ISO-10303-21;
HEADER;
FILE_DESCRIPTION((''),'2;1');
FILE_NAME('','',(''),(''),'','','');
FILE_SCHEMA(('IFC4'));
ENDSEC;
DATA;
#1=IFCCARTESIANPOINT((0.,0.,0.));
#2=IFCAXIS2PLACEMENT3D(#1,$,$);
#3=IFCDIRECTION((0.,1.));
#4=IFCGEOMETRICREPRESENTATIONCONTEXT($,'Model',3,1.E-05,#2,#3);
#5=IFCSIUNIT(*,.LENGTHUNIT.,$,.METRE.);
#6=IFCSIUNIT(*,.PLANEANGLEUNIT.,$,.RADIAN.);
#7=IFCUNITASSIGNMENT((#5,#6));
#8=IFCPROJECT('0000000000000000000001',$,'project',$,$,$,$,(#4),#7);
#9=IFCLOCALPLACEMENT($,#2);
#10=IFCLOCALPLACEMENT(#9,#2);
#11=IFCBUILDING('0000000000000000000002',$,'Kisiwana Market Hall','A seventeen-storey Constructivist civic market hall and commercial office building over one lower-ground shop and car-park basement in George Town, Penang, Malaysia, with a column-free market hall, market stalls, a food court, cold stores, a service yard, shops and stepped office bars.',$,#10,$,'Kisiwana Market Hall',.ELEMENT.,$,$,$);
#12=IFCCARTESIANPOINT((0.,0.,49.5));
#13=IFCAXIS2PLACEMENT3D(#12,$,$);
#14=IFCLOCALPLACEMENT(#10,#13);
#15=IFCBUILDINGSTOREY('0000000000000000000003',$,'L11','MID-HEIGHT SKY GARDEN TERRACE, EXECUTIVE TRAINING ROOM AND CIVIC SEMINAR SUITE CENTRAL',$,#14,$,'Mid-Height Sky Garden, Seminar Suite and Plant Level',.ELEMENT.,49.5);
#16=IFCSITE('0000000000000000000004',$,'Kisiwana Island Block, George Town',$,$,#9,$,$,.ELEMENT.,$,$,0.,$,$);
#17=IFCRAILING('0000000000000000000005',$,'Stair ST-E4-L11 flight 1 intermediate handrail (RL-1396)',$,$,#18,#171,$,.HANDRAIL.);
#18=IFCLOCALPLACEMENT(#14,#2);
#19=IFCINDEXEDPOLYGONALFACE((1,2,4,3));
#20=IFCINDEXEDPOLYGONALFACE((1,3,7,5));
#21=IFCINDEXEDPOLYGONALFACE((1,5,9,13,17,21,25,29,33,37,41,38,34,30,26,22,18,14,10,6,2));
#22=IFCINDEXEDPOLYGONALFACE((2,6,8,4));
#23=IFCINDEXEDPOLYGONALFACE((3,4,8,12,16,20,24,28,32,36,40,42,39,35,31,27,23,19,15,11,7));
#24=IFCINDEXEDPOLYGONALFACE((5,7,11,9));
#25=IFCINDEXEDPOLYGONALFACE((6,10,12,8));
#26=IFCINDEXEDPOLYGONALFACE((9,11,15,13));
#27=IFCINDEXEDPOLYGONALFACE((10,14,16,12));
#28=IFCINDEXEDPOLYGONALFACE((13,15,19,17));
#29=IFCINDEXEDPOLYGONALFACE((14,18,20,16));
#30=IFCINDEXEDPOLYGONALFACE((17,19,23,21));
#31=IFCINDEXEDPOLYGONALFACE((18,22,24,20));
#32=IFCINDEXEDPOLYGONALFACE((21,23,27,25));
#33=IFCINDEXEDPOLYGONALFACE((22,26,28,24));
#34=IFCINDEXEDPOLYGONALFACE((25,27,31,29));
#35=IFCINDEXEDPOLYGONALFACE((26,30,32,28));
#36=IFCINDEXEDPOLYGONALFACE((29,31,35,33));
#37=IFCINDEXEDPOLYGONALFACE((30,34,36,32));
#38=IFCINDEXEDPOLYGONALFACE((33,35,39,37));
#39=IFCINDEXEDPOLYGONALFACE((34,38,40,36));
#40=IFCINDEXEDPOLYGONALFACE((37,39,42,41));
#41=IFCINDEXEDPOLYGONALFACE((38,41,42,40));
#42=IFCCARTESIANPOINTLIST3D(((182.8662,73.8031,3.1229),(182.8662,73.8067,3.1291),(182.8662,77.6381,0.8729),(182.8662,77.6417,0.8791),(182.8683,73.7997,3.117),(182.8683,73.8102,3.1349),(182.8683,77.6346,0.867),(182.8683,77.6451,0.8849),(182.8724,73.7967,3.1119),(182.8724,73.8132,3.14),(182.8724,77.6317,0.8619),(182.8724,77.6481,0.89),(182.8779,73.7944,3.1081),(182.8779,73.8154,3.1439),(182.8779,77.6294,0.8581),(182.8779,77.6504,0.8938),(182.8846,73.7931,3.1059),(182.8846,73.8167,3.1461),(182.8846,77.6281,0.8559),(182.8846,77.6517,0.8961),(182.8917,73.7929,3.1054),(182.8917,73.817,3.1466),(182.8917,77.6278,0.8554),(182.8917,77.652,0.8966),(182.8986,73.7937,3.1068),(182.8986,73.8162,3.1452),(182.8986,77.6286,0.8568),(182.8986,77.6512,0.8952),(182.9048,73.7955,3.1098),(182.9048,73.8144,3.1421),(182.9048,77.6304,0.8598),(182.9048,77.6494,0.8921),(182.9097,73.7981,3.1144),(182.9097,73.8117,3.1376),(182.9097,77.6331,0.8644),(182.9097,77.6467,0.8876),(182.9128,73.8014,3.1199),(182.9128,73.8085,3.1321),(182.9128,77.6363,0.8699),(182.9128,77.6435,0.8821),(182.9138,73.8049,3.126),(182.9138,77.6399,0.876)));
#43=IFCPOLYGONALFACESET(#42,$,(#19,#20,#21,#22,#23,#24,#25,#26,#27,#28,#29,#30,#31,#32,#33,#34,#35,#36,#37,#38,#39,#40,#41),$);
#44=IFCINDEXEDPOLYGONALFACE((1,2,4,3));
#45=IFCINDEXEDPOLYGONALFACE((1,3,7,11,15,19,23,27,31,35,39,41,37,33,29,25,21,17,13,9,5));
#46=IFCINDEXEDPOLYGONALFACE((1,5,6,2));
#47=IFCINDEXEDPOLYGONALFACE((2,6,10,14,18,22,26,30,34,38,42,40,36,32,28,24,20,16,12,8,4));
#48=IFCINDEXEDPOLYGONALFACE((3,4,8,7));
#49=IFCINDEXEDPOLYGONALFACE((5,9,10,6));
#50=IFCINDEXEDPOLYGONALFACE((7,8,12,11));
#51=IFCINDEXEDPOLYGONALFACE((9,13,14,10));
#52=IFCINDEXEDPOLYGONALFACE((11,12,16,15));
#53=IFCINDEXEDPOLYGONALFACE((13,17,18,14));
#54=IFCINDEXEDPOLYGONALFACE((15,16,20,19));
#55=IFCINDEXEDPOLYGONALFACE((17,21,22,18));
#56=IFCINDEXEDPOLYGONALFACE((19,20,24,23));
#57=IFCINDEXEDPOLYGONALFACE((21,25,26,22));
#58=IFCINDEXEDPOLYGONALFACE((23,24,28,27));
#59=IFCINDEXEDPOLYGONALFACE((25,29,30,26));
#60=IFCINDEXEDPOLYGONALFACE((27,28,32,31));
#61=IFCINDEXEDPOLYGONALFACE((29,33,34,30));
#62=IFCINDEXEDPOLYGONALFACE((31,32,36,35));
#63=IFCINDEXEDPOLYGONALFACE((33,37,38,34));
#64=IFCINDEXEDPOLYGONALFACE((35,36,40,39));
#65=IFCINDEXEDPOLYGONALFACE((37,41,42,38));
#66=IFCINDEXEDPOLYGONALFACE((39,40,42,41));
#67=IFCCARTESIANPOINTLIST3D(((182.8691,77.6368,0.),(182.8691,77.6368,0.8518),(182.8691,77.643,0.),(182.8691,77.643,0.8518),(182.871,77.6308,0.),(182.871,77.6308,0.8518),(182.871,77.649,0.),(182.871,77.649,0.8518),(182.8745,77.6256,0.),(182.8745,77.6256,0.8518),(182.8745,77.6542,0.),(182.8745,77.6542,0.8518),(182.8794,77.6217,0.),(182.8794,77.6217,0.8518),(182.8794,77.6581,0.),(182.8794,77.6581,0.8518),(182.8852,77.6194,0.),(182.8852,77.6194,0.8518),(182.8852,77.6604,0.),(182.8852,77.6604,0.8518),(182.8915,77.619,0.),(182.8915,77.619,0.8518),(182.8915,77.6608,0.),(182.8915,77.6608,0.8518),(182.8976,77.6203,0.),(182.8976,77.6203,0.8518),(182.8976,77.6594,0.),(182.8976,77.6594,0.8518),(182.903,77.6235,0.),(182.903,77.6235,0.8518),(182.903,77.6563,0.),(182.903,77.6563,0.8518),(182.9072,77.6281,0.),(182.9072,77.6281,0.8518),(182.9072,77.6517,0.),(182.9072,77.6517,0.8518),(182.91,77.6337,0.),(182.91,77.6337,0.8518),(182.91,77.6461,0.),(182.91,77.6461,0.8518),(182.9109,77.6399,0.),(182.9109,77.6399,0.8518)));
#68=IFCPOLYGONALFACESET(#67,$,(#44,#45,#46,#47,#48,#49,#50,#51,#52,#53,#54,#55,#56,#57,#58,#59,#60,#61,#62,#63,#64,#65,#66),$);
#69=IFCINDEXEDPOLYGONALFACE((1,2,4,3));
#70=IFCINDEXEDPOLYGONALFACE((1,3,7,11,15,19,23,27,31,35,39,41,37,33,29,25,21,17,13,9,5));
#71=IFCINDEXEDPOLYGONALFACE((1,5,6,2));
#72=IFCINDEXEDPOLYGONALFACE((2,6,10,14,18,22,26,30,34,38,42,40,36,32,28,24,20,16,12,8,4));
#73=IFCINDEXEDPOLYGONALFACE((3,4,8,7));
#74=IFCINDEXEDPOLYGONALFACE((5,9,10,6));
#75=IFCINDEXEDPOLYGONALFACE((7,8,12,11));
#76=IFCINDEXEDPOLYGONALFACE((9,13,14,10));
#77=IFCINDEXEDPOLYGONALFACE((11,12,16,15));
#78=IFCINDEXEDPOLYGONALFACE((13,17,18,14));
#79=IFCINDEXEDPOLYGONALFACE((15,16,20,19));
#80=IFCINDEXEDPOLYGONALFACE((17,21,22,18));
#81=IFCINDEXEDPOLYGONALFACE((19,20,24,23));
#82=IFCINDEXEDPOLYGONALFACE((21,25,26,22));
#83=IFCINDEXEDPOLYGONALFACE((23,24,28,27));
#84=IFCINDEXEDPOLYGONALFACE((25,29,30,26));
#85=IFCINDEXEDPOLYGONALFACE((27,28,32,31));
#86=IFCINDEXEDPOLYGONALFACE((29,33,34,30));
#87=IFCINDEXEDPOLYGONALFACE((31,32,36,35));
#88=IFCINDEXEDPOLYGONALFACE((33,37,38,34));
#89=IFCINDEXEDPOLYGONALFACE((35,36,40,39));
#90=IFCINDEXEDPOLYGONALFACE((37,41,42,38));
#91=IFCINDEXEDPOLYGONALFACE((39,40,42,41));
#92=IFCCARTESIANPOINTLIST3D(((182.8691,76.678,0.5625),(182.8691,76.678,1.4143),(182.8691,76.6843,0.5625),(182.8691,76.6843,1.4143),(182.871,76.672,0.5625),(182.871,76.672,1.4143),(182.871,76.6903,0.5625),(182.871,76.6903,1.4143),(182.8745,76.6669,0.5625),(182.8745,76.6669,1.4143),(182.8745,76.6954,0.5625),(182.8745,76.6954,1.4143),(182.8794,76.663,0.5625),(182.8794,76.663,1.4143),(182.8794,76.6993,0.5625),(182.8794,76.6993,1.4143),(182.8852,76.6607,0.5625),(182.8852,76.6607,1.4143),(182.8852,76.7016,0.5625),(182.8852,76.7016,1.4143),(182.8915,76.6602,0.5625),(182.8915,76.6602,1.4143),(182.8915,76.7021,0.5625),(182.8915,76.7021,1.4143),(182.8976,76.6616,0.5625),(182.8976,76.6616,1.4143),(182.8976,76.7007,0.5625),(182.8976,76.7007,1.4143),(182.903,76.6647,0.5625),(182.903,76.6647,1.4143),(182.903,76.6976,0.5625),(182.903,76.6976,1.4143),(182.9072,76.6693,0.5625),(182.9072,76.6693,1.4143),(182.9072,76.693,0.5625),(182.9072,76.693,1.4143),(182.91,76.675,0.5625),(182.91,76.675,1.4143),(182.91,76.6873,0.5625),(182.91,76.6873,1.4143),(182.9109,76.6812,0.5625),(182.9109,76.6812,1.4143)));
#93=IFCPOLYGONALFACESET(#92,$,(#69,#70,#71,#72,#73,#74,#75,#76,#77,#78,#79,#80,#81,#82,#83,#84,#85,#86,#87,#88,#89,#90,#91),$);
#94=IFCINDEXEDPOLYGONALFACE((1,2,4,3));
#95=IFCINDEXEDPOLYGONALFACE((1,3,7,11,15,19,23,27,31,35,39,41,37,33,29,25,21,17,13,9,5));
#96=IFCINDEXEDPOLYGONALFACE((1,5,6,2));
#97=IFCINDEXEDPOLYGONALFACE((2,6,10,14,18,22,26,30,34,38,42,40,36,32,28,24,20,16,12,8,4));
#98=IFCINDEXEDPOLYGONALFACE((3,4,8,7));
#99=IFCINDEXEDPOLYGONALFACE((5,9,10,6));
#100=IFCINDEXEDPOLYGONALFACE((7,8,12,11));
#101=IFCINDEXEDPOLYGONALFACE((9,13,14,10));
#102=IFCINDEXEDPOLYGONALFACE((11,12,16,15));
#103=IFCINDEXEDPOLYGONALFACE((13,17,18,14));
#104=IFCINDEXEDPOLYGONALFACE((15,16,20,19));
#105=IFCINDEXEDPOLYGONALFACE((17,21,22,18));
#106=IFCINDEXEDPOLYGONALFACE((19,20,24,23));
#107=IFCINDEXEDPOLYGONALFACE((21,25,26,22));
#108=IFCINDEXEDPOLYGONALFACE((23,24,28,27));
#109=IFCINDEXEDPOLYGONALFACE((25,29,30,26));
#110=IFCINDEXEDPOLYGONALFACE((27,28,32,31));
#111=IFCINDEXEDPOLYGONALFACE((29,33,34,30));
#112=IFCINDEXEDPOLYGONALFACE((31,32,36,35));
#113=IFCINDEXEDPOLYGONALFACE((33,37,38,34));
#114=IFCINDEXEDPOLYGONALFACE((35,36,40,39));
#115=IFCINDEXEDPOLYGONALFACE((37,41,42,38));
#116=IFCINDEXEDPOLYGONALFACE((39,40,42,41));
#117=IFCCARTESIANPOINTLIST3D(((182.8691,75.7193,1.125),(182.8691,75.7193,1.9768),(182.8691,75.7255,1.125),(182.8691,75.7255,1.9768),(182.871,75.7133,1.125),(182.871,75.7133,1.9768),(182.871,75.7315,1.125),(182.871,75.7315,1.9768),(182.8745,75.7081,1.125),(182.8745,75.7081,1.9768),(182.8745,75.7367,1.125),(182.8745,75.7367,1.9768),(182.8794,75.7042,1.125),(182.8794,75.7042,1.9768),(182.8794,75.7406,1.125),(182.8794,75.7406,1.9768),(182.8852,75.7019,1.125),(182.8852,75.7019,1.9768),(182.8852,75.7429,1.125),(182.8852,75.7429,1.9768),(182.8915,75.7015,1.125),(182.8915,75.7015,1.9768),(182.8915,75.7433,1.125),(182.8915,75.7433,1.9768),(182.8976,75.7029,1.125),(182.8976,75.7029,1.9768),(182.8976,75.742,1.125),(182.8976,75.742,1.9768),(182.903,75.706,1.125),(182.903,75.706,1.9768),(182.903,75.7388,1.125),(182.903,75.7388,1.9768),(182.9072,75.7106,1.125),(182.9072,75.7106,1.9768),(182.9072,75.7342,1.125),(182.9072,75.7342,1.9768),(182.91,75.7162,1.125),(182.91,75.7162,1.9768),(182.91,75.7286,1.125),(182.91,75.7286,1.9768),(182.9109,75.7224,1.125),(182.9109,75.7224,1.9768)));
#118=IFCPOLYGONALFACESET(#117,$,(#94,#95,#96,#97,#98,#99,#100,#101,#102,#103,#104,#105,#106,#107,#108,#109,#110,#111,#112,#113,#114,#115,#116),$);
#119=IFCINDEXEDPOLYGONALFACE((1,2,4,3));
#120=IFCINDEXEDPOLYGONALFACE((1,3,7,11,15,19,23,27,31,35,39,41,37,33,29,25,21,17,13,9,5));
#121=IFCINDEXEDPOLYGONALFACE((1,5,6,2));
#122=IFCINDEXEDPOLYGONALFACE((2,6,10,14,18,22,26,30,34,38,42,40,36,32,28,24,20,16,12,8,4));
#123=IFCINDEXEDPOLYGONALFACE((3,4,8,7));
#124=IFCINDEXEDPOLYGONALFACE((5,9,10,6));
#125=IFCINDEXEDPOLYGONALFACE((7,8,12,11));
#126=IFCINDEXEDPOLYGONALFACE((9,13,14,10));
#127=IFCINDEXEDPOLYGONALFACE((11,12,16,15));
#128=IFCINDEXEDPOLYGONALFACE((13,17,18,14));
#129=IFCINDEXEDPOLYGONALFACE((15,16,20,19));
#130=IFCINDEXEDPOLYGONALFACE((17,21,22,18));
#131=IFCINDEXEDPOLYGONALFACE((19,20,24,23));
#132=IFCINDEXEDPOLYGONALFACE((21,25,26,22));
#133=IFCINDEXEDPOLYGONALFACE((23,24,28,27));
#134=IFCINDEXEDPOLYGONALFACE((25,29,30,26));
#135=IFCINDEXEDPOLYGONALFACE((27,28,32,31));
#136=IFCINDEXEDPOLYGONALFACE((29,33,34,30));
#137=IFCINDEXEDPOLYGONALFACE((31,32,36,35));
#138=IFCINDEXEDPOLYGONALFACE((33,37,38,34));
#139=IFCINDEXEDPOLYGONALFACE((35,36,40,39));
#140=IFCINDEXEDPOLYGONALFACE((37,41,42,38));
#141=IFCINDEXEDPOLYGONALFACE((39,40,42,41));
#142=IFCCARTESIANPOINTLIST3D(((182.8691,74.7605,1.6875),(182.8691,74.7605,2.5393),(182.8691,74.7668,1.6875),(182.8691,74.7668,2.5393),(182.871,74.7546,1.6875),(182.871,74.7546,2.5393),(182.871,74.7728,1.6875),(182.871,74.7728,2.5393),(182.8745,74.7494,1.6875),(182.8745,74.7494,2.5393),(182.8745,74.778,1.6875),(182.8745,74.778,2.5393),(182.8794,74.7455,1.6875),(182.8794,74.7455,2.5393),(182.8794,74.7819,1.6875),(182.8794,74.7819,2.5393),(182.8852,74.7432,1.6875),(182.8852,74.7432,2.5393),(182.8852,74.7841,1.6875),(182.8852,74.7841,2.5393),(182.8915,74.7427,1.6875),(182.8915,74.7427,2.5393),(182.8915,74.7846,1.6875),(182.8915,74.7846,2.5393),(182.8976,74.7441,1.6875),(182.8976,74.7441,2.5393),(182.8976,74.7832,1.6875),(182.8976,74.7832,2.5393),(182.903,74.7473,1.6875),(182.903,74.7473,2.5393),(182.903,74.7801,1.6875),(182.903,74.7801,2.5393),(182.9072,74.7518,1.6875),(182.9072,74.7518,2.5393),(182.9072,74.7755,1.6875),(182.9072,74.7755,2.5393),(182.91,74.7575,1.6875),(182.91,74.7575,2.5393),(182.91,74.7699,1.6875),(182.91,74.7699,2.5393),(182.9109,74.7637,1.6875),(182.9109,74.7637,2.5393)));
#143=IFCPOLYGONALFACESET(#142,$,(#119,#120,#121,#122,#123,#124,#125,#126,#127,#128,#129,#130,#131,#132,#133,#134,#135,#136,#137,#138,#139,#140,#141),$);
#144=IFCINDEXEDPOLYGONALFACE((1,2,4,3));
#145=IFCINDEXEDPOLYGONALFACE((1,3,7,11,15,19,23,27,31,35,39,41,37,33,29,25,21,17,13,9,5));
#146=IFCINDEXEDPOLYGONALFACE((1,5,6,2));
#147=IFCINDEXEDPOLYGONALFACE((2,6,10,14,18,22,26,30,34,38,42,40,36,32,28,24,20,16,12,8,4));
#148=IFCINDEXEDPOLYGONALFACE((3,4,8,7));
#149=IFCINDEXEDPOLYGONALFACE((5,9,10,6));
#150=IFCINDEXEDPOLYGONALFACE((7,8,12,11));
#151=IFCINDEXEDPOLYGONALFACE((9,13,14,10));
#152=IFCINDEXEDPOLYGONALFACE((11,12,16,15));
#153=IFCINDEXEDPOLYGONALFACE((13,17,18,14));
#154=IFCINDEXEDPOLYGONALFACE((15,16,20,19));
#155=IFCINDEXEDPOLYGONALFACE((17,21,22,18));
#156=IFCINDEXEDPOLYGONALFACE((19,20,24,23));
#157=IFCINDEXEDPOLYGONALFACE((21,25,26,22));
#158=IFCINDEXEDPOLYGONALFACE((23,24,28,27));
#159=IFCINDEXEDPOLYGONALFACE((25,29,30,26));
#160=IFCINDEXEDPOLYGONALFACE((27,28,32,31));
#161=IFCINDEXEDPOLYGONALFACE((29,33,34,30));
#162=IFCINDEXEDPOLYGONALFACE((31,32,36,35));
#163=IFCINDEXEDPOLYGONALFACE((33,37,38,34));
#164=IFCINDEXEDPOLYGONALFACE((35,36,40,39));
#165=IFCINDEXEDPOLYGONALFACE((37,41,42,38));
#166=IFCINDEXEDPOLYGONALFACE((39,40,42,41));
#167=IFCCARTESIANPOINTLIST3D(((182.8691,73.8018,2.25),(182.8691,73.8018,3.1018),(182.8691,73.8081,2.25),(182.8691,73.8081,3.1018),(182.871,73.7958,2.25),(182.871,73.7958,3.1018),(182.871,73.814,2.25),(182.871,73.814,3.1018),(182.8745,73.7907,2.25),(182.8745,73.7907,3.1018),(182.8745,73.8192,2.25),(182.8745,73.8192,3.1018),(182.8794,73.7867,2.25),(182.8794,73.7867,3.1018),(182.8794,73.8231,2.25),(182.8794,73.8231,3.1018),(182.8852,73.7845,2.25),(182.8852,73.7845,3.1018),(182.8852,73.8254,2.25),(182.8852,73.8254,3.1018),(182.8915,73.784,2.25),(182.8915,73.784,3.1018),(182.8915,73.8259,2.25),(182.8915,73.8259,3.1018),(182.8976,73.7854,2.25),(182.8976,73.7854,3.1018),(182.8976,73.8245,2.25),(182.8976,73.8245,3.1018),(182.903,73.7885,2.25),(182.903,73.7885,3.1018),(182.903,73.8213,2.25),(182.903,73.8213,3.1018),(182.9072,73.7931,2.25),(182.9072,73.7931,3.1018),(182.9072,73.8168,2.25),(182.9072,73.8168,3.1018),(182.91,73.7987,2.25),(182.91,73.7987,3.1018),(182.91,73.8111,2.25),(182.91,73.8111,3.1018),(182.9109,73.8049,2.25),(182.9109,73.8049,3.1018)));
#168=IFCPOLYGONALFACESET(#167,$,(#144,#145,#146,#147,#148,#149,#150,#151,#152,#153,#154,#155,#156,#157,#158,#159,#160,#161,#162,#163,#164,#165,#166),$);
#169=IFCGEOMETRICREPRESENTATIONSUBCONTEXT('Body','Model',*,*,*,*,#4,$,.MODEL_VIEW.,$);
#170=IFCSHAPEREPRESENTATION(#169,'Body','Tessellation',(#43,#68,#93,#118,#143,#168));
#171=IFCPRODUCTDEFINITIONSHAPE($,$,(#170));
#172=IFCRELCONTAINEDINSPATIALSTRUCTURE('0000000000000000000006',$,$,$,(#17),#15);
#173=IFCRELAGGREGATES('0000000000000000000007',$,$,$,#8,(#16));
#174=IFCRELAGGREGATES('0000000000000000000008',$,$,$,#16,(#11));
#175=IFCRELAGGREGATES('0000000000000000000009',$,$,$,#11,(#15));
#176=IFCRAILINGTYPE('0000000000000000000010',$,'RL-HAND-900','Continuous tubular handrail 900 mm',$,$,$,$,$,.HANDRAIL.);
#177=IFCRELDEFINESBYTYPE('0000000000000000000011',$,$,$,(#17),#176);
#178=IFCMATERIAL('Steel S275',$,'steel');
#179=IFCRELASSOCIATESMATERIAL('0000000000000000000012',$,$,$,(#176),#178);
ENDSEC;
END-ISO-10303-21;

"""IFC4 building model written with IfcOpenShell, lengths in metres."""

from ifc_helpers import new_model, si_unit, direction, frame, origin, origin_2d, place, context, subcontext, project, spatial, circle, extrude, material, type_object, element, save


model = new_model("IFC4")

# Units and contexts
model_context = context("Model", 3, precision=1e-05, world=origin(), true_north=direction((0.0, 1.0)))
body_context = subcontext(model_context, "Body", "Model", "MODEL_VIEW")
ifc_project = project(units=[si_unit("LENGTHUNIT", "METRE"), si_unit("PLANEANGLEUNIT", "RADIAN")], contexts=[model_context])

# Site, building, storey
site_placement = place(None, origin())
site = spatial("IfcSite", under=ifc_project, at=site_placement, Name="Kisiwana Island Block, George Town", CompositionType="ELEMENT", RefElevation=0.0)
building_placement = place(site_placement, origin())
building = spatial("IfcBuilding", under=site, at=building_placement, Name="Kisiwana Market Hall", Description="A seventeen-storey Constructivist civic market hall and commercial office building over one lower-ground shop and car-park basement in George Town, Penang, Malaysia, with a column-free market hall, market stalls, a food court, cold stores, a service yard, shops and stepped office bars.", LongName="Kisiwana Market Hall", CompositionType="ELEMENT")
storey_placement = place(building_placement, frame((0.0, 0.0, 49.5)))
storey = spatial("IfcBuildingStorey", under=building, at=storey_placement, Name="L11", Description="MID-HEIGHT SKY GARDEN TERRACE, EXECUTIVE TRAINING ROOM AND CIVIC SEMINAR SUITE CENTRAL", LongName="Mid-Height Sky Garden, Seminar Suite and Plant Level", CompositionType="ELEMENT", Elevation=49.5)

# Railing
ifc_material_1 = material(Name="Steel S275", Category="steel")
railing_type_1 = type_object("IfcRailingType", Name="RL-HAND-900", Description="Continuous tubular handrail 900 mm", PredefinedType="HANDRAIL", material=ifc_material_1)
railing_1_placement = place(storey_placement, frame((182.8899, 77.6399, 0.0)))
element("IfcRailing", 1, at=railing_1_placement, inside=storey, type_object=railing_type_1, Name="Stair ST-E4-L11 flight 1 intermediate handrail (RL-1396)", PredefinedType="HANDRAIL", context=body_context, shape_type="SweptSolid", body=[
    extrude(circle(Radius=0.0239, at=origin_2d()), frame((0.0, 0.0, 0.876), z_axis=(0.0, -0.86251, 0.506041), x_axis=(1.0, 0.0, 0.0)), (0.0, 0.0, 1.0), 4.4463),
    extrude(circle(Radius=0.021, at=origin_2d()), origin(), (0.0, 0.0, 1.0), 0.8518),
    extrude(circle(Radius=0.021, at=origin_2d()), frame((0.0, -0.9587, 0.5625)), (0.0, 0.0, 1.0), 0.8518),
    extrude(circle(Radius=0.021, at=origin_2d()), frame((0.0, -1.9175, 1.125)), (0.0, 0.0, 1.0), 0.8518),
    extrude(circle(Radius=0.021, at=origin_2d()), frame((0.0, -2.8762, 1.6875)), (0.0, 0.0, 1.0), 0.8518),
    extrude(circle(Radius=0.021, at=origin_2d()), frame((0.0, -3.835, 2.25)), (0.0, 0.0, 1.0), 0.8518),
])

save(model, "model.ifc")
